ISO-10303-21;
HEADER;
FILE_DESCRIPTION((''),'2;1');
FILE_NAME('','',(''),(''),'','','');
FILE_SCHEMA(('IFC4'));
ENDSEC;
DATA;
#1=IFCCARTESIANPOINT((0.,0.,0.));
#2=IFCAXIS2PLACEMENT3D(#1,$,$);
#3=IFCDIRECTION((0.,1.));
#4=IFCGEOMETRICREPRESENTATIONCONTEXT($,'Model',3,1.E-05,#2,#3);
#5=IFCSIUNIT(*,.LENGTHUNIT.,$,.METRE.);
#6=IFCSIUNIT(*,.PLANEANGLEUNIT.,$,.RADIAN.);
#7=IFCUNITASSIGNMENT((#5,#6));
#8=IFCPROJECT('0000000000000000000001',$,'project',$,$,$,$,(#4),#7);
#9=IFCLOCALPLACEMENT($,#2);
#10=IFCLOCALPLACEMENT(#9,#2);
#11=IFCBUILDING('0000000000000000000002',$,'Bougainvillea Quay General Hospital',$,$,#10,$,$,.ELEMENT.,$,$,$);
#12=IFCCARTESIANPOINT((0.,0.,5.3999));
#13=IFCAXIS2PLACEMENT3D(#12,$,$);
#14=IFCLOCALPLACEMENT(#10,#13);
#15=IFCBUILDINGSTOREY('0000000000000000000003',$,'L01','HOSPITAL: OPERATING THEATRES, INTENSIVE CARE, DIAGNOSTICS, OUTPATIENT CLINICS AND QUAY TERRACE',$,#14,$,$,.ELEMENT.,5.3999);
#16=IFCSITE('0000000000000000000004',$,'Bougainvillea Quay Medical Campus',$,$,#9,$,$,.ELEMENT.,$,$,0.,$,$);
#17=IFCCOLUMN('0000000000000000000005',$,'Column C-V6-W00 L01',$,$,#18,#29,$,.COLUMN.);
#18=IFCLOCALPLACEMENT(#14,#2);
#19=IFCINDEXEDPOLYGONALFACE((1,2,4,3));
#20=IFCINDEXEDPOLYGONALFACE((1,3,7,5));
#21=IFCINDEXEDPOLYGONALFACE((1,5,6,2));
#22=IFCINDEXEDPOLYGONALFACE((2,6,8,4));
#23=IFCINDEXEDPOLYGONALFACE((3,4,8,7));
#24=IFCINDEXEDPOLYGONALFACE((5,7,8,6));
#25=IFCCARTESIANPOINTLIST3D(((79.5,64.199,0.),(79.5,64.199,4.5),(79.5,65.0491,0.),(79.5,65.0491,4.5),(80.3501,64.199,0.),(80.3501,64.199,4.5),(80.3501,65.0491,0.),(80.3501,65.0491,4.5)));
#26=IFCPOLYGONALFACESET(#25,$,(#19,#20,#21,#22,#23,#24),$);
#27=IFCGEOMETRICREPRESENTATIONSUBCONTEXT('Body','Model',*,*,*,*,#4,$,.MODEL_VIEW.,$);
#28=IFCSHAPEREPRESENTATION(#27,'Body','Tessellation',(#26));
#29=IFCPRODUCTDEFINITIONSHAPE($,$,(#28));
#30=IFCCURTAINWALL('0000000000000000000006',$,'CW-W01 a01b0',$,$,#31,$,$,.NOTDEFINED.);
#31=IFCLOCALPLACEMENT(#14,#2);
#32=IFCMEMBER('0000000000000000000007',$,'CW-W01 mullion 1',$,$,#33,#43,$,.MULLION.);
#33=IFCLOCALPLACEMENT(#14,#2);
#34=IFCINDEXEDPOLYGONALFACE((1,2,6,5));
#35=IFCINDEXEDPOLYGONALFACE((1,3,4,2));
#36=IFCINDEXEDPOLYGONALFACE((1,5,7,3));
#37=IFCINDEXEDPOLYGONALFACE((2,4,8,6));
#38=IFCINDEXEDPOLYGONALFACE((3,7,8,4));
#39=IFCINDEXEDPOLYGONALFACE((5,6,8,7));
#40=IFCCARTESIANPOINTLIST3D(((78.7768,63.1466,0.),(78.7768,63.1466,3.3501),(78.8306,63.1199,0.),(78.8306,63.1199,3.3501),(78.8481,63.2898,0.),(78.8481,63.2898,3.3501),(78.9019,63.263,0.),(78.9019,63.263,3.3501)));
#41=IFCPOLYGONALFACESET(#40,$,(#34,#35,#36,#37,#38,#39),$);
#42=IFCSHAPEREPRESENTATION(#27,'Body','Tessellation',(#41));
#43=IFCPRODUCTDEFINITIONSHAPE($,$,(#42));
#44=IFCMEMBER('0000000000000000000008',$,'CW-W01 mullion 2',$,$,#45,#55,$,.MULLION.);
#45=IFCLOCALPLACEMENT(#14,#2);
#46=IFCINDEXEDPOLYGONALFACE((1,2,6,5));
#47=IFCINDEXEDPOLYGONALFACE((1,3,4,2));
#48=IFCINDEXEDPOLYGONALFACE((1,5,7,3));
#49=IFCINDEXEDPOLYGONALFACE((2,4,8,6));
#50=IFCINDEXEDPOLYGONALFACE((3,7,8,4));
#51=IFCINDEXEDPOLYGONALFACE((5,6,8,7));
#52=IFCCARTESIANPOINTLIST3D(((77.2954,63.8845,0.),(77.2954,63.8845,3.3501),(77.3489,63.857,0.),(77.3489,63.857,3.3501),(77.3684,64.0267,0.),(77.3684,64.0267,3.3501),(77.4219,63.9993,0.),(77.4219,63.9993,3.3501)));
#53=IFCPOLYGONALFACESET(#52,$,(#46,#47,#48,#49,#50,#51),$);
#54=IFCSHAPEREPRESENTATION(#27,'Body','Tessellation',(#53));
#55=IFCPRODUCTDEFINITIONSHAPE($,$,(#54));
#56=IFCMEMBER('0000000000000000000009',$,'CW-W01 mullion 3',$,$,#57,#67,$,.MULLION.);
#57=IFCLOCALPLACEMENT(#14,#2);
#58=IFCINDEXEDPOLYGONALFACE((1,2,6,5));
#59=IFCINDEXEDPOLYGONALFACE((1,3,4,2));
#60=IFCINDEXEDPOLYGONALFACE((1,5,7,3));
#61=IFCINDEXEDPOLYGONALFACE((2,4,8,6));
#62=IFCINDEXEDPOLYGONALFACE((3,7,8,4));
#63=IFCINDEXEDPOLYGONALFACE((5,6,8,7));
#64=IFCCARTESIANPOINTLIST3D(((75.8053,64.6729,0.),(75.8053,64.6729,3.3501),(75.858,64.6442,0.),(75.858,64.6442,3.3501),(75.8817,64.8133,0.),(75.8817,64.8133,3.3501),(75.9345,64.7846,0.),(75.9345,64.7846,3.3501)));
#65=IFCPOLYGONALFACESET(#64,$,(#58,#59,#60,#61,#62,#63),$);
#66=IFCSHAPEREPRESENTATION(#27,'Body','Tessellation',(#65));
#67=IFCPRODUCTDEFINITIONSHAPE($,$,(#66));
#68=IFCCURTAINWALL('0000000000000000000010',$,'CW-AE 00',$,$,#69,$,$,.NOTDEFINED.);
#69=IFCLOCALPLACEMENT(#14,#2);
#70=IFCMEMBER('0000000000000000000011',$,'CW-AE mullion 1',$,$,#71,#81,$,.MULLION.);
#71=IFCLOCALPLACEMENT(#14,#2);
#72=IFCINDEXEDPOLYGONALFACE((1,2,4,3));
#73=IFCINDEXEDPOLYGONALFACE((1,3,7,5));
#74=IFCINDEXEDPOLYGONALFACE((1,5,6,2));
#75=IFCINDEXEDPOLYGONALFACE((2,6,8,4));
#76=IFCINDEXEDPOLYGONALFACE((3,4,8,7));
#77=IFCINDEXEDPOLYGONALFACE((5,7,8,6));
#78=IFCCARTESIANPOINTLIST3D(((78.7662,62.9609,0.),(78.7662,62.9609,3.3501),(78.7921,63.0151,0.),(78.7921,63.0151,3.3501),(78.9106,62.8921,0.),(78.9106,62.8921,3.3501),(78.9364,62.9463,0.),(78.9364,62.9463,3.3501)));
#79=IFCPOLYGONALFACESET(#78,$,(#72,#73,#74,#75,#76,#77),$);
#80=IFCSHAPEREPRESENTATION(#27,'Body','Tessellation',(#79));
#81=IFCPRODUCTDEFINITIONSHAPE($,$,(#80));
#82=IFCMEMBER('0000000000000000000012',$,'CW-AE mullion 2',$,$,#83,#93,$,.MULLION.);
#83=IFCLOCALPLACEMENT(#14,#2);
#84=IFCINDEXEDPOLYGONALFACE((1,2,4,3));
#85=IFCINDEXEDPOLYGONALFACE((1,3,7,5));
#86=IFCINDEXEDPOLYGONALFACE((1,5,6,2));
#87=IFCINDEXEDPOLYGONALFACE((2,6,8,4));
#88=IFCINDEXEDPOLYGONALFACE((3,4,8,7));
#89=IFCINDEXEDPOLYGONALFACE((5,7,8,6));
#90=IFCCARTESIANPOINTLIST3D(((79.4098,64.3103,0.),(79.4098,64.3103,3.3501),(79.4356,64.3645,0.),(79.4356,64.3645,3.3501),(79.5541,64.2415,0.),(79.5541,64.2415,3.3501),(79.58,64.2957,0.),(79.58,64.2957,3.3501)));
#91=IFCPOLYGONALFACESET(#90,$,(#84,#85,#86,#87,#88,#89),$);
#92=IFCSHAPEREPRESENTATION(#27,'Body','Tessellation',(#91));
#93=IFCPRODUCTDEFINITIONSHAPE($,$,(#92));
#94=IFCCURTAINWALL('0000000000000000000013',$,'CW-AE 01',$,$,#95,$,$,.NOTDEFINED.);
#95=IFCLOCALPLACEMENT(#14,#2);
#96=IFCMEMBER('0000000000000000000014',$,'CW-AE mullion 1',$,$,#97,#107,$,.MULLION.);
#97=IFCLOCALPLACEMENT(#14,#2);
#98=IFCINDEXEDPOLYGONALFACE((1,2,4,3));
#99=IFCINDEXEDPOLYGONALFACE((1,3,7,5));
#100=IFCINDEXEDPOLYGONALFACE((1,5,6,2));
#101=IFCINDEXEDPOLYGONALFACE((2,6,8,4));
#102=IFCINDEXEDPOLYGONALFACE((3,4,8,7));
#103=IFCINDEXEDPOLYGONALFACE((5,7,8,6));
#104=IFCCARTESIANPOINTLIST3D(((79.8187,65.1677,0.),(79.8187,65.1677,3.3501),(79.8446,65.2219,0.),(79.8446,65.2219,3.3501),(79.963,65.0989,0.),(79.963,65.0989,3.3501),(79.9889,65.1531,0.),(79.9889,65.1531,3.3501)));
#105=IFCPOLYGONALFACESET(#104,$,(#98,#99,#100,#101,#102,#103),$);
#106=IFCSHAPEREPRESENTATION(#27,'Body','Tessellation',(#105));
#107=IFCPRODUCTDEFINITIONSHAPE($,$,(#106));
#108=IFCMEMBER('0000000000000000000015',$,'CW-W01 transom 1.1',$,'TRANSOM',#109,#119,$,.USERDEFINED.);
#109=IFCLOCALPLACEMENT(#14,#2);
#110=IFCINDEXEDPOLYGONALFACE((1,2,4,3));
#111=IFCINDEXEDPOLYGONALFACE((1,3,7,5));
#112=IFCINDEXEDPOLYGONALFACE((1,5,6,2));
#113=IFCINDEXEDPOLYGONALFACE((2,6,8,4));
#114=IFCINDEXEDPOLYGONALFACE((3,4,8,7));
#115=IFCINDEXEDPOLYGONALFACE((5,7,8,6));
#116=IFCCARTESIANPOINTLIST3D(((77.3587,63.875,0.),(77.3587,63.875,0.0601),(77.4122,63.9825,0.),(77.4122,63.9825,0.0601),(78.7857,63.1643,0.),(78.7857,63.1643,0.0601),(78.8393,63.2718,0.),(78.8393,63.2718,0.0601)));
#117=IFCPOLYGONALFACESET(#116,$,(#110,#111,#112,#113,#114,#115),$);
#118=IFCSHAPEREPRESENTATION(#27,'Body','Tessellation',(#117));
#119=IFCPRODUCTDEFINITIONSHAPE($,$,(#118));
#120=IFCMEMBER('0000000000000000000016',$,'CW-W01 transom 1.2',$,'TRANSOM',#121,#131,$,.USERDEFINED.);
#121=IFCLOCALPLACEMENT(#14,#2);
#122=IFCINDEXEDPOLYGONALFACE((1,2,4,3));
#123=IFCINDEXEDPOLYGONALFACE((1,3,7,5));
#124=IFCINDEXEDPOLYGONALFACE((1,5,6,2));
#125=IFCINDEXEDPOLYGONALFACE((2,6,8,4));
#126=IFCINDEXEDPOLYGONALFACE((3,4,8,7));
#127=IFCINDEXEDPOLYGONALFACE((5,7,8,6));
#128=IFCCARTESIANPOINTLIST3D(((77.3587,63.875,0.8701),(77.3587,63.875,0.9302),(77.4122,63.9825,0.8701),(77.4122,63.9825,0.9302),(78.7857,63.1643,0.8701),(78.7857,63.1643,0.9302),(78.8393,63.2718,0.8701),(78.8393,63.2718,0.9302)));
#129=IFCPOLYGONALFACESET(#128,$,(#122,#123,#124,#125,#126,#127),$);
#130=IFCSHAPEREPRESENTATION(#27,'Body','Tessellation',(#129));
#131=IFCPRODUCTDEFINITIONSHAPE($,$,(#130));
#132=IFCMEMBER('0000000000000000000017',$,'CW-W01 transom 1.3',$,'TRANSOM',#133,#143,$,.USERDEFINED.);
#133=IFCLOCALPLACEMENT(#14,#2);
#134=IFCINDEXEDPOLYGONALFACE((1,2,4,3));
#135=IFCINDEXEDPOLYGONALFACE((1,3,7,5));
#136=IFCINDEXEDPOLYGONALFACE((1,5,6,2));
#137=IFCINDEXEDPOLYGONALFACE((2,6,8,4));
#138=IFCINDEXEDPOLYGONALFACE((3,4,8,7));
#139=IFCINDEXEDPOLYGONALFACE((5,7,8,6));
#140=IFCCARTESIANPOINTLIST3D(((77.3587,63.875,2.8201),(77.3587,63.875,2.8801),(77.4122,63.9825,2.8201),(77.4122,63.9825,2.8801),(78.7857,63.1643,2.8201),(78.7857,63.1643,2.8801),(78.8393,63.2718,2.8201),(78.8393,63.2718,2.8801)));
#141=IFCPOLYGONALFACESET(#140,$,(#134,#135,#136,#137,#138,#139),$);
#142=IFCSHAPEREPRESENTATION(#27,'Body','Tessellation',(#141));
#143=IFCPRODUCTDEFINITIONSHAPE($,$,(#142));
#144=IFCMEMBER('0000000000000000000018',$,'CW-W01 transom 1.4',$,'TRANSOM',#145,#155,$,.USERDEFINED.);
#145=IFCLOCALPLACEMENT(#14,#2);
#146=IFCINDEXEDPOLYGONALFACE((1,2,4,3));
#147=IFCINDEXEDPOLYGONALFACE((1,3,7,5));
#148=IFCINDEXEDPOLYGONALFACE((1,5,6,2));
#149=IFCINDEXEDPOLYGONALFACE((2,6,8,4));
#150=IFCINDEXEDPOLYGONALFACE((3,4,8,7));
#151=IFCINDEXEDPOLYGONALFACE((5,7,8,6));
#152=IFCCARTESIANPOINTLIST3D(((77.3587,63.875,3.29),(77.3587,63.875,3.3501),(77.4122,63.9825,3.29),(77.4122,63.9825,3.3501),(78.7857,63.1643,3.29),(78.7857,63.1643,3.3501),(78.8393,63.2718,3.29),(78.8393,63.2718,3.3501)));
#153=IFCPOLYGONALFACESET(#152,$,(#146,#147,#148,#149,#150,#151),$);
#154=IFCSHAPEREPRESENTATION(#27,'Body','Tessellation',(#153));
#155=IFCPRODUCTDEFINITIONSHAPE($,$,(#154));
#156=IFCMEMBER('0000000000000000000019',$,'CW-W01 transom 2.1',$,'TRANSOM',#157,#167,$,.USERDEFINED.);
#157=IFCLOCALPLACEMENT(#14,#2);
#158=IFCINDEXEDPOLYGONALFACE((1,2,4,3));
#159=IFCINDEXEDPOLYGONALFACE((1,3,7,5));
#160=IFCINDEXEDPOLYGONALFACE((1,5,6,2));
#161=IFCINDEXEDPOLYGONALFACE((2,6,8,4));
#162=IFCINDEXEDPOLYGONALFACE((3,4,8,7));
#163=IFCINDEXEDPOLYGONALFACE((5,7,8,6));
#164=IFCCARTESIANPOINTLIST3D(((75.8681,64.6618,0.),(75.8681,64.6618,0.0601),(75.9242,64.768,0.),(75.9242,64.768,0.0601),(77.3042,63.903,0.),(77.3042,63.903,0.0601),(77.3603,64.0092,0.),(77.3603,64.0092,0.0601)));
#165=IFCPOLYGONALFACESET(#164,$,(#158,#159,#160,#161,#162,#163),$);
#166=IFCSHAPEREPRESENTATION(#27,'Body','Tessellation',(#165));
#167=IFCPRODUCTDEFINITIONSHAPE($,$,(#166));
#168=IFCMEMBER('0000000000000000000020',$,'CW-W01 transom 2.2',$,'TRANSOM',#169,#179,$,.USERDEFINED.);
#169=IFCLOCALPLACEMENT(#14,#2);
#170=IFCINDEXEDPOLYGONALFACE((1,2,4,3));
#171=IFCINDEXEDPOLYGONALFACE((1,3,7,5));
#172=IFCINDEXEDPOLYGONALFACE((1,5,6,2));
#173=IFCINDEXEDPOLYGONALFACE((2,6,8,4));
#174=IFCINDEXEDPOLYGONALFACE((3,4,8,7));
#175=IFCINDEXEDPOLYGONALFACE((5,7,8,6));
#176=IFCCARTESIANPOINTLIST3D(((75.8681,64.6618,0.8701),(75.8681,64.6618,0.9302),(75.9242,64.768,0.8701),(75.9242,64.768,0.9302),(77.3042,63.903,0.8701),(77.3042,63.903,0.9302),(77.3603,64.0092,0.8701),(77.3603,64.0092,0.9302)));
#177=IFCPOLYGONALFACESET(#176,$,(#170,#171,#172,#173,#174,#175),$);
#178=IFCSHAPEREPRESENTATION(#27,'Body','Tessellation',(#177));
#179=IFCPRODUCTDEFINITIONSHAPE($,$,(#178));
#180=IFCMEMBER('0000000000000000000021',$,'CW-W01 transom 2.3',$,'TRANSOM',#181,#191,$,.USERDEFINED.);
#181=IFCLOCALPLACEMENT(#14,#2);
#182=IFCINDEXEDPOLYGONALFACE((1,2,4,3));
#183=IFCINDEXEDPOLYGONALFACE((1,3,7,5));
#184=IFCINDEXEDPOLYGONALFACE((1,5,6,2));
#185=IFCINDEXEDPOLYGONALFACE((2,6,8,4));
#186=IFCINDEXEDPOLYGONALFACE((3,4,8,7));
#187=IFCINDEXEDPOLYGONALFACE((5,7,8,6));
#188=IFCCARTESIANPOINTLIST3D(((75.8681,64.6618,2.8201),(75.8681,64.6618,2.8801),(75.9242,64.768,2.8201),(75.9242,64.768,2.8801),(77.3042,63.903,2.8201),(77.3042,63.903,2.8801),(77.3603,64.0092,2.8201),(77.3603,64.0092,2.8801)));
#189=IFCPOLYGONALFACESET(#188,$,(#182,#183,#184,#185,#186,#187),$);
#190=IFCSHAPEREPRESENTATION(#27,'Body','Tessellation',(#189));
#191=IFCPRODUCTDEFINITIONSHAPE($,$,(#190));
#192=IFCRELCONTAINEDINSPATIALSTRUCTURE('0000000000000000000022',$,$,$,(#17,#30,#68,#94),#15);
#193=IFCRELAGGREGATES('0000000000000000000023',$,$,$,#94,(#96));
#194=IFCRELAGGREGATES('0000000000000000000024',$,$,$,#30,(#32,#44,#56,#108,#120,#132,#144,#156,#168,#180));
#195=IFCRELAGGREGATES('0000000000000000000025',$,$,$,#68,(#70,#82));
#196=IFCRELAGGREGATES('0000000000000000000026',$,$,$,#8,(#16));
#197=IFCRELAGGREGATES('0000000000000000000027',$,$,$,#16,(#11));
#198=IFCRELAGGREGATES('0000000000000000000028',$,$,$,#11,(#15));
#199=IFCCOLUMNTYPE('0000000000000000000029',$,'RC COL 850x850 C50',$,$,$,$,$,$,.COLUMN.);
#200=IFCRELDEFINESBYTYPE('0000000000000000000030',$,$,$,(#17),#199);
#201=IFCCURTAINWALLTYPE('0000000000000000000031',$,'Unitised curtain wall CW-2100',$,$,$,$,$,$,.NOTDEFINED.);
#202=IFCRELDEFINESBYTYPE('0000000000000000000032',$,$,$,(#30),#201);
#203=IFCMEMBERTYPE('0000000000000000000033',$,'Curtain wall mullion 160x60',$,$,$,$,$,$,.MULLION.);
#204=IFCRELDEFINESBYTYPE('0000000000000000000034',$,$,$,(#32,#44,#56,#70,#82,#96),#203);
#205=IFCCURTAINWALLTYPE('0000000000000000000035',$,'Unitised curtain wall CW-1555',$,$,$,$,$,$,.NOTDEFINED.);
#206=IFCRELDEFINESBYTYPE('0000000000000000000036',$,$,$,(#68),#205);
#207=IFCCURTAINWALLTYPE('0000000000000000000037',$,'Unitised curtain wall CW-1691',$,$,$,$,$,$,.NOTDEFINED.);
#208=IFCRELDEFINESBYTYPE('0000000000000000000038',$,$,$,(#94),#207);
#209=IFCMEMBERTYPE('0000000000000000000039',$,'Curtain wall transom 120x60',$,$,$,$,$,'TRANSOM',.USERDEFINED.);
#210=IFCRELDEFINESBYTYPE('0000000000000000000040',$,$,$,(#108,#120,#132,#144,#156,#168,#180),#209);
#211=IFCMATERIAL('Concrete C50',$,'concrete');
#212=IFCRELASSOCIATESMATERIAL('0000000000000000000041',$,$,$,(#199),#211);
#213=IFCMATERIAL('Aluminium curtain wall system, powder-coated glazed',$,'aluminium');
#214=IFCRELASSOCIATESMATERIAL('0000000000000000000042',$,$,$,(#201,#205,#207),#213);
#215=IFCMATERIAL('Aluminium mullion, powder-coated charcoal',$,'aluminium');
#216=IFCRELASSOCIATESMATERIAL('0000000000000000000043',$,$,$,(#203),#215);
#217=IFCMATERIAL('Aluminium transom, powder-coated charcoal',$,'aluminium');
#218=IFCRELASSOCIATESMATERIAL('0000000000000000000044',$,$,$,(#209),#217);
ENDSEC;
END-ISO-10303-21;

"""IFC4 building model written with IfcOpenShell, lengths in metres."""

from ifc_helpers import new_model, si_unit, direction, frame, origin, origin_2d, place, context, subcontext, project, spatial, rectangle, extrude, material, material_profile, profile_set, type_object, element, aggregate, save


model = new_model("IFC4")

# Units and contexts
model_context = context("Model", 3, precision=1e-05, world=origin(), true_north=direction((0.0, 1.0)))
body_context = subcontext(model_context, "Body", "Model", "MODEL_VIEW")
ifc_project = project(units=[si_unit("LENGTHUNIT", "METRE"), si_unit("PLANEANGLEUNIT", "RADIAN")], contexts=[model_context])

# Site, building, storey
site_placement = place(None, origin())
site = spatial("IfcSite", under=ifc_project, at=site_placement, Name="Bougainvillea Quay Medical Campus", CompositionType="ELEMENT", RefElevation=0.0)
building_placement = place(site_placement, origin())
building = spatial("IfcBuilding", under=site, at=building_placement, Name="Bougainvillea Quay General Hospital", CompositionType="ELEMENT")
storey_placement = place(building_placement, frame((0.0, 0.0, 5.3999)))
storey = spatial("IfcBuildingStorey", under=building, at=storey_placement, Name="L01", Description="HOSPITAL: OPERATING THEATRES, INTENSIVE CARE, DIAGNOSTICS, OUTPATIENT CLINICS AND QUAY TERRACE", CompositionType="ELEMENT", Elevation=5.3999)

# Column
ifc_material_1 = material(Name="Concrete C50", Category="concrete")
ifc_material_profile_1 = material_profile(ifc_material_1, rectangle(XDim=0.8501, YDim=0.8501, at=origin_2d()))
ifc_profile_set_1 = profile_set([ifc_material_profile_1], Name="Concrete C50")
column_type = type_object("IfcColumnType", Name="RC COL 850x850 C50", PredefinedType="COLUMN", material=ifc_profile_set_1)
column_placement = place(storey_placement, frame((79.925, 64.624, 0.0), z_axis=(0.0, 0.0, 1.0), x_axis=(1.0, 0.0, 0.0)))
element("IfcColumn", 1, at=column_placement, inside=storey, type_object=column_type, Name="Column C-V6-W00 L01", PredefinedType="COLUMN", context=body_context, shape_type="SweptSolid", body=[
    extrude(rectangle(XDim=0.8501, YDim=0.8501, at=origin_2d()), origin(), (0.0, 0.0, 1.0), 4.5),
])

# Curtain walls, members
ifc_material_2 = material(Name="Aluminium curtain wall system, powder-coated glazed", Category="aluminium")
curtain_wall_type_1 = type_object("IfcCurtainWallType", Name="Unitised curtain wall CW-2100", PredefinedType="NOTDEFINED", material=ifc_material_2)
curtain_wall_1_placement = place(storey_placement, origin())
curtain_wall_1 = element("IfcCurtainWall", 2, at=curtain_wall_1_placement, inside=storey, type_object=curtain_wall_type_1, Name="CW-W01 a01b0", PredefinedType="NOTDEFINED")
ifc_material_3 = material(Name="Aluminium mullion, powder-coated charcoal", Category="aluminium")
ifc_material_profile_2 = material_profile(ifc_material_3, rectangle(XDim=0.1599, YDim=0.0601, at=origin_2d()))
ifc_profile_set_2 = profile_set([ifc_material_profile_2], Name="Aluminium mullion, powder-coated charcoal")
member_type_1 = type_object("IfcMemberType", Name="Curtain wall mullion 160x60", PredefinedType="MULLION", material=ifc_profile_set_2)
member_1_placement = place(storey_placement, frame((78.8394, 63.2048, 0.0), z_axis=(0.0, 0.0, 1.0), x_axis=(-0.445731, -0.895167, 0.0)))
member_1 = element("IfcMember", 3, at=member_1_placement, type_object=member_type_1, Name="CW-W01 mullion 1", PredefinedType="MULLION", context=body_context, shape_type="SweptSolid", body=[
    extrude(rectangle(XDim=0.1599, YDim=0.0601, at=origin_2d()), origin(), (0.0, 0.0, 1.0), 3.3501),
])
member_2_placement = place(storey_placement, frame((77.3586, 63.9419, 0.0), z_axis=(0.0, 0.0, 1.0), x_axis=(-0.456505, -0.889721, 0.0)))
member_2 = element("IfcMember", 4, at=member_2_placement, type_object=member_type_1, Name="CW-W01 mullion 2", PredefinedType="MULLION", context=body_context, shape_type="SweptSolid", body=[
    extrude(rectangle(XDim=0.1599, YDim=0.0601, at=origin_2d()), origin(), (0.0, 0.0, 1.0), 3.3501),
])
member_3_placement = place(storey_placement, frame((75.8699, 64.7288, 0.0), z_axis=(0.0, 0.0, 1.0), x_axis=(-0.477852, -0.87844, 0.0)))
member_3 = element("IfcMember", 5, at=member_3_placement, type_object=member_type_1, Name="CW-W01 mullion 3", PredefinedType="MULLION", context=body_context, shape_type="SweptSolid", body=[
    extrude(rectangle(XDim=0.1599, YDim=0.0601, at=origin_2d()), origin(), (0.0, 0.0, 1.0), 3.3501),
])
curtain_wall_type_2 = type_object("IfcCurtainWallType", Name="Unitised curtain wall CW-1555", PredefinedType="NOTDEFINED", material=ifc_material_2)
curtain_wall_2_placement = place(storey_placement, origin())
curtain_wall_2 = element("IfcCurtainWall", 6, at=curtain_wall_2_placement, inside=storey, type_object=curtain_wall_type_2, Name="CW-AE 00", PredefinedType="NOTDEFINED")
member_4_placement = place(storey_placement, frame((78.8513, 62.9536, 0.0), z_axis=(0.0, 0.0, 1.0), x_axis=(-0.902576, 0.43053, 0.0)))
member_4 = element("IfcMember", 7, at=member_4_placement, type_object=member_type_1, Name="CW-AE mullion 1", PredefinedType="MULLION", context=body_context, shape_type="SweptSolid", body=[
    extrude(rectangle(XDim=0.1599, YDim=0.0601, at=origin_2d()), origin(), (0.0, 0.0, 1.0), 3.3501),
])
member_5_placement = place(storey_placement, frame((79.4949, 64.303, 0.0), z_axis=(0.0, 0.0, 1.0), x_axis=(-0.902576, 0.43053, 0.0)))
member_5 = element("IfcMember", 8, at=member_5_placement, type_object=member_type_1, Name="CW-AE mullion 2", PredefinedType="MULLION", context=body_context, shape_type="SweptSolid", body=[
    extrude(rectangle(XDim=0.1599, YDim=0.0601, at=origin_2d()), origin(), (0.0, 0.0, 1.0), 3.3501),
])

# Curtain wall, member
curtain_wall_type_3 = type_object("IfcCurtainWallType", Name="Unitised curtain wall CW-1691", PredefinedType="NOTDEFINED", material=ifc_material_2)
curtain_wall_3_placement = place(storey_placement, origin())
curtain_wall_3 = element("IfcCurtainWall", 9, at=curtain_wall_3_placement, inside=storey, type_object=curtain_wall_type_3, Name="CW-AE 01", PredefinedType="NOTDEFINED")
member_6_placement = place(storey_placement, frame((79.9038, 65.1604, 0.0), z_axis=(0.0, 0.0, 1.0), x_axis=(-0.902576, 0.43053, 0.0)))
member_6 = element("IfcMember", 10, at=member_6_placement, type_object=member_type_1, Name="CW-AE mullion 1", PredefinedType="MULLION", context=body_context, shape_type="SweptSolid", body=[
    extrude(rectangle(XDim=0.1599, YDim=0.0601, at=origin_2d()), origin(), (0.0, 0.0, 1.0), 3.3501),
])

# Members
ifc_material_4 = material(Name="Aluminium transom, powder-coated charcoal", Category="aluminium")
ifc_material_profile_3 = material_profile(ifc_material_4, rectangle(XDim=0.1201, YDim=0.0601, at=origin_2d()))
ifc_profile_set_3 = profile_set([ifc_material_profile_3], Name="Aluminium transom, powder-coated charcoal")
member_type_2 = type_object("IfcMemberType", Name="Curtain wall transom 120x60", ElementType="TRANSOM", PredefinedType="USERDEFINED", material=ifc_profile_set_3)
member_7_placement = place(storey_placement, frame((78.8125, 63.218, 0.03), z_axis=(-0.895131, 0.445804, 0.0), x_axis=(-0.445804, -0.895131, 0.0)))
member_7 = element("IfcMember", 11, at=member_7_placement, type_object=member_type_2, Name="CW-W01 transom 1.1", ObjectType="TRANSOM", PredefinedType="USERDEFINED", context=body_context, shape_type="SweptSolid", body=[
    extrude(rectangle(XDim=0.1201, YDim=0.0601, at=origin_2d()), origin(), (0.0, 0.0, 1.0), 1.5942),
])
member_8_placement = place(storey_placement, frame((78.8125, 63.218, 0.9001), z_axis=(-0.895131, 0.445804, 0.0), x_axis=(-0.445804, -0.895131, 0.0)))
member_8 = element("IfcMember", 12, at=member_8_placement, type_object=member_type_2, Name="CW-W01 transom 1.2", ObjectType="TRANSOM", PredefinedType="USERDEFINED", context=body_context, shape_type="SweptSolid", body=[
    extrude(rectangle(XDim=0.1201, YDim=0.0601, at=origin_2d()), origin(), (0.0, 0.0, 1.0), 1.5942),
])
member_9_placement = place(storey_placement, frame((78.8125, 63.218, 2.8501), z_axis=(-0.895131, 0.445804, 0.0), x_axis=(-0.445804, -0.895131, 0.0)))
member_9 = element("IfcMember", 13, at=member_9_placement, type_object=member_type_2, Name="CW-W01 transom 1.3", ObjectType="TRANSOM", PredefinedType="USERDEFINED", context=body_context, shape_type="SweptSolid", body=[
    extrude(rectangle(XDim=0.1201, YDim=0.0601, at=origin_2d()), origin(), (0.0, 0.0, 1.0), 1.5942),
])
member_10_placement = place(storey_placement, frame((78.8125, 63.218, 3.3201), z_axis=(-0.895131, 0.445804, 0.0), x_axis=(-0.445804, -0.895131, 0.0)))
member_10 = element("IfcMember", 14, at=member_10_placement, type_object=member_type_2, Name="CW-W01 transom 1.4", ObjectType="TRANSOM", PredefinedType="USERDEFINED", context=body_context, shape_type="SweptSolid", body=[
    extrude(rectangle(XDim=0.1201, YDim=0.0601, at=origin_2d()), origin(), (0.0, 0.0, 1.0), 1.5942),
])
member_11_placement = place(storey_placement, frame((77.3323, 63.9561, 0.03), z_axis=(-0.884161, 0.467183, 0.0), x_axis=(-0.467183, -0.884161, 0.0)))
member_11 = element("IfcMember", 15, at=member_11_placement, type_object=member_type_2, Name="CW-W01 transom 2.1", ObjectType="TRANSOM", PredefinedType="USERDEFINED", context=body_context, shape_type="SweptSolid", body=[
    extrude(rectangle(XDim=0.1201, YDim=0.0601, at=origin_2d()), origin(), (0.0, 0.0, 1.0), 1.6243),
])
member_12_placement = place(storey_placement, frame((77.3323, 63.9561, 0.9001), z_axis=(-0.884161, 0.467183, 0.0), x_axis=(-0.467183, -0.884161, 0.0)))
member_12 = element("IfcMember", 16, at=member_12_placement, type_object=member_type_2, Name="CW-W01 transom 2.2", ObjectType="TRANSOM", PredefinedType="USERDEFINED", context=body_context, shape_type="SweptSolid", body=[
    extrude(rectangle(XDim=0.1201, YDim=0.0601, at=origin_2d()), origin(), (0.0, 0.0, 1.0), 1.6243),
])
member_13_placement = place(storey_placement, frame((77.3323, 63.9561, 2.8501), z_axis=(-0.884161, 0.467183, 0.0), x_axis=(-0.467183, -0.884161, 0.0)))
member_13 = element("IfcMember", 17, at=member_13_placement, type_object=member_type_2, Name="CW-W01 transom 2.3", ObjectType="TRANSOM", PredefinedType="USERDEFINED", context=body_context, shape_type="SweptSolid", body=[
    extrude(rectangle(XDim=0.1201, YDim=0.0601, at=origin_2d()), origin(), (0.0, 0.0, 1.0), 1.6243),
])
aggregate(curtain_wall_3, [member_6])

aggregate(curtain_wall_1, [member_1, member_2, member_3, member_7, member_8, member_9, member_10, member_11, member_12, member_13])
aggregate(curtain_wall_2, [member_4, member_5])

save(model, "model.ifc")
